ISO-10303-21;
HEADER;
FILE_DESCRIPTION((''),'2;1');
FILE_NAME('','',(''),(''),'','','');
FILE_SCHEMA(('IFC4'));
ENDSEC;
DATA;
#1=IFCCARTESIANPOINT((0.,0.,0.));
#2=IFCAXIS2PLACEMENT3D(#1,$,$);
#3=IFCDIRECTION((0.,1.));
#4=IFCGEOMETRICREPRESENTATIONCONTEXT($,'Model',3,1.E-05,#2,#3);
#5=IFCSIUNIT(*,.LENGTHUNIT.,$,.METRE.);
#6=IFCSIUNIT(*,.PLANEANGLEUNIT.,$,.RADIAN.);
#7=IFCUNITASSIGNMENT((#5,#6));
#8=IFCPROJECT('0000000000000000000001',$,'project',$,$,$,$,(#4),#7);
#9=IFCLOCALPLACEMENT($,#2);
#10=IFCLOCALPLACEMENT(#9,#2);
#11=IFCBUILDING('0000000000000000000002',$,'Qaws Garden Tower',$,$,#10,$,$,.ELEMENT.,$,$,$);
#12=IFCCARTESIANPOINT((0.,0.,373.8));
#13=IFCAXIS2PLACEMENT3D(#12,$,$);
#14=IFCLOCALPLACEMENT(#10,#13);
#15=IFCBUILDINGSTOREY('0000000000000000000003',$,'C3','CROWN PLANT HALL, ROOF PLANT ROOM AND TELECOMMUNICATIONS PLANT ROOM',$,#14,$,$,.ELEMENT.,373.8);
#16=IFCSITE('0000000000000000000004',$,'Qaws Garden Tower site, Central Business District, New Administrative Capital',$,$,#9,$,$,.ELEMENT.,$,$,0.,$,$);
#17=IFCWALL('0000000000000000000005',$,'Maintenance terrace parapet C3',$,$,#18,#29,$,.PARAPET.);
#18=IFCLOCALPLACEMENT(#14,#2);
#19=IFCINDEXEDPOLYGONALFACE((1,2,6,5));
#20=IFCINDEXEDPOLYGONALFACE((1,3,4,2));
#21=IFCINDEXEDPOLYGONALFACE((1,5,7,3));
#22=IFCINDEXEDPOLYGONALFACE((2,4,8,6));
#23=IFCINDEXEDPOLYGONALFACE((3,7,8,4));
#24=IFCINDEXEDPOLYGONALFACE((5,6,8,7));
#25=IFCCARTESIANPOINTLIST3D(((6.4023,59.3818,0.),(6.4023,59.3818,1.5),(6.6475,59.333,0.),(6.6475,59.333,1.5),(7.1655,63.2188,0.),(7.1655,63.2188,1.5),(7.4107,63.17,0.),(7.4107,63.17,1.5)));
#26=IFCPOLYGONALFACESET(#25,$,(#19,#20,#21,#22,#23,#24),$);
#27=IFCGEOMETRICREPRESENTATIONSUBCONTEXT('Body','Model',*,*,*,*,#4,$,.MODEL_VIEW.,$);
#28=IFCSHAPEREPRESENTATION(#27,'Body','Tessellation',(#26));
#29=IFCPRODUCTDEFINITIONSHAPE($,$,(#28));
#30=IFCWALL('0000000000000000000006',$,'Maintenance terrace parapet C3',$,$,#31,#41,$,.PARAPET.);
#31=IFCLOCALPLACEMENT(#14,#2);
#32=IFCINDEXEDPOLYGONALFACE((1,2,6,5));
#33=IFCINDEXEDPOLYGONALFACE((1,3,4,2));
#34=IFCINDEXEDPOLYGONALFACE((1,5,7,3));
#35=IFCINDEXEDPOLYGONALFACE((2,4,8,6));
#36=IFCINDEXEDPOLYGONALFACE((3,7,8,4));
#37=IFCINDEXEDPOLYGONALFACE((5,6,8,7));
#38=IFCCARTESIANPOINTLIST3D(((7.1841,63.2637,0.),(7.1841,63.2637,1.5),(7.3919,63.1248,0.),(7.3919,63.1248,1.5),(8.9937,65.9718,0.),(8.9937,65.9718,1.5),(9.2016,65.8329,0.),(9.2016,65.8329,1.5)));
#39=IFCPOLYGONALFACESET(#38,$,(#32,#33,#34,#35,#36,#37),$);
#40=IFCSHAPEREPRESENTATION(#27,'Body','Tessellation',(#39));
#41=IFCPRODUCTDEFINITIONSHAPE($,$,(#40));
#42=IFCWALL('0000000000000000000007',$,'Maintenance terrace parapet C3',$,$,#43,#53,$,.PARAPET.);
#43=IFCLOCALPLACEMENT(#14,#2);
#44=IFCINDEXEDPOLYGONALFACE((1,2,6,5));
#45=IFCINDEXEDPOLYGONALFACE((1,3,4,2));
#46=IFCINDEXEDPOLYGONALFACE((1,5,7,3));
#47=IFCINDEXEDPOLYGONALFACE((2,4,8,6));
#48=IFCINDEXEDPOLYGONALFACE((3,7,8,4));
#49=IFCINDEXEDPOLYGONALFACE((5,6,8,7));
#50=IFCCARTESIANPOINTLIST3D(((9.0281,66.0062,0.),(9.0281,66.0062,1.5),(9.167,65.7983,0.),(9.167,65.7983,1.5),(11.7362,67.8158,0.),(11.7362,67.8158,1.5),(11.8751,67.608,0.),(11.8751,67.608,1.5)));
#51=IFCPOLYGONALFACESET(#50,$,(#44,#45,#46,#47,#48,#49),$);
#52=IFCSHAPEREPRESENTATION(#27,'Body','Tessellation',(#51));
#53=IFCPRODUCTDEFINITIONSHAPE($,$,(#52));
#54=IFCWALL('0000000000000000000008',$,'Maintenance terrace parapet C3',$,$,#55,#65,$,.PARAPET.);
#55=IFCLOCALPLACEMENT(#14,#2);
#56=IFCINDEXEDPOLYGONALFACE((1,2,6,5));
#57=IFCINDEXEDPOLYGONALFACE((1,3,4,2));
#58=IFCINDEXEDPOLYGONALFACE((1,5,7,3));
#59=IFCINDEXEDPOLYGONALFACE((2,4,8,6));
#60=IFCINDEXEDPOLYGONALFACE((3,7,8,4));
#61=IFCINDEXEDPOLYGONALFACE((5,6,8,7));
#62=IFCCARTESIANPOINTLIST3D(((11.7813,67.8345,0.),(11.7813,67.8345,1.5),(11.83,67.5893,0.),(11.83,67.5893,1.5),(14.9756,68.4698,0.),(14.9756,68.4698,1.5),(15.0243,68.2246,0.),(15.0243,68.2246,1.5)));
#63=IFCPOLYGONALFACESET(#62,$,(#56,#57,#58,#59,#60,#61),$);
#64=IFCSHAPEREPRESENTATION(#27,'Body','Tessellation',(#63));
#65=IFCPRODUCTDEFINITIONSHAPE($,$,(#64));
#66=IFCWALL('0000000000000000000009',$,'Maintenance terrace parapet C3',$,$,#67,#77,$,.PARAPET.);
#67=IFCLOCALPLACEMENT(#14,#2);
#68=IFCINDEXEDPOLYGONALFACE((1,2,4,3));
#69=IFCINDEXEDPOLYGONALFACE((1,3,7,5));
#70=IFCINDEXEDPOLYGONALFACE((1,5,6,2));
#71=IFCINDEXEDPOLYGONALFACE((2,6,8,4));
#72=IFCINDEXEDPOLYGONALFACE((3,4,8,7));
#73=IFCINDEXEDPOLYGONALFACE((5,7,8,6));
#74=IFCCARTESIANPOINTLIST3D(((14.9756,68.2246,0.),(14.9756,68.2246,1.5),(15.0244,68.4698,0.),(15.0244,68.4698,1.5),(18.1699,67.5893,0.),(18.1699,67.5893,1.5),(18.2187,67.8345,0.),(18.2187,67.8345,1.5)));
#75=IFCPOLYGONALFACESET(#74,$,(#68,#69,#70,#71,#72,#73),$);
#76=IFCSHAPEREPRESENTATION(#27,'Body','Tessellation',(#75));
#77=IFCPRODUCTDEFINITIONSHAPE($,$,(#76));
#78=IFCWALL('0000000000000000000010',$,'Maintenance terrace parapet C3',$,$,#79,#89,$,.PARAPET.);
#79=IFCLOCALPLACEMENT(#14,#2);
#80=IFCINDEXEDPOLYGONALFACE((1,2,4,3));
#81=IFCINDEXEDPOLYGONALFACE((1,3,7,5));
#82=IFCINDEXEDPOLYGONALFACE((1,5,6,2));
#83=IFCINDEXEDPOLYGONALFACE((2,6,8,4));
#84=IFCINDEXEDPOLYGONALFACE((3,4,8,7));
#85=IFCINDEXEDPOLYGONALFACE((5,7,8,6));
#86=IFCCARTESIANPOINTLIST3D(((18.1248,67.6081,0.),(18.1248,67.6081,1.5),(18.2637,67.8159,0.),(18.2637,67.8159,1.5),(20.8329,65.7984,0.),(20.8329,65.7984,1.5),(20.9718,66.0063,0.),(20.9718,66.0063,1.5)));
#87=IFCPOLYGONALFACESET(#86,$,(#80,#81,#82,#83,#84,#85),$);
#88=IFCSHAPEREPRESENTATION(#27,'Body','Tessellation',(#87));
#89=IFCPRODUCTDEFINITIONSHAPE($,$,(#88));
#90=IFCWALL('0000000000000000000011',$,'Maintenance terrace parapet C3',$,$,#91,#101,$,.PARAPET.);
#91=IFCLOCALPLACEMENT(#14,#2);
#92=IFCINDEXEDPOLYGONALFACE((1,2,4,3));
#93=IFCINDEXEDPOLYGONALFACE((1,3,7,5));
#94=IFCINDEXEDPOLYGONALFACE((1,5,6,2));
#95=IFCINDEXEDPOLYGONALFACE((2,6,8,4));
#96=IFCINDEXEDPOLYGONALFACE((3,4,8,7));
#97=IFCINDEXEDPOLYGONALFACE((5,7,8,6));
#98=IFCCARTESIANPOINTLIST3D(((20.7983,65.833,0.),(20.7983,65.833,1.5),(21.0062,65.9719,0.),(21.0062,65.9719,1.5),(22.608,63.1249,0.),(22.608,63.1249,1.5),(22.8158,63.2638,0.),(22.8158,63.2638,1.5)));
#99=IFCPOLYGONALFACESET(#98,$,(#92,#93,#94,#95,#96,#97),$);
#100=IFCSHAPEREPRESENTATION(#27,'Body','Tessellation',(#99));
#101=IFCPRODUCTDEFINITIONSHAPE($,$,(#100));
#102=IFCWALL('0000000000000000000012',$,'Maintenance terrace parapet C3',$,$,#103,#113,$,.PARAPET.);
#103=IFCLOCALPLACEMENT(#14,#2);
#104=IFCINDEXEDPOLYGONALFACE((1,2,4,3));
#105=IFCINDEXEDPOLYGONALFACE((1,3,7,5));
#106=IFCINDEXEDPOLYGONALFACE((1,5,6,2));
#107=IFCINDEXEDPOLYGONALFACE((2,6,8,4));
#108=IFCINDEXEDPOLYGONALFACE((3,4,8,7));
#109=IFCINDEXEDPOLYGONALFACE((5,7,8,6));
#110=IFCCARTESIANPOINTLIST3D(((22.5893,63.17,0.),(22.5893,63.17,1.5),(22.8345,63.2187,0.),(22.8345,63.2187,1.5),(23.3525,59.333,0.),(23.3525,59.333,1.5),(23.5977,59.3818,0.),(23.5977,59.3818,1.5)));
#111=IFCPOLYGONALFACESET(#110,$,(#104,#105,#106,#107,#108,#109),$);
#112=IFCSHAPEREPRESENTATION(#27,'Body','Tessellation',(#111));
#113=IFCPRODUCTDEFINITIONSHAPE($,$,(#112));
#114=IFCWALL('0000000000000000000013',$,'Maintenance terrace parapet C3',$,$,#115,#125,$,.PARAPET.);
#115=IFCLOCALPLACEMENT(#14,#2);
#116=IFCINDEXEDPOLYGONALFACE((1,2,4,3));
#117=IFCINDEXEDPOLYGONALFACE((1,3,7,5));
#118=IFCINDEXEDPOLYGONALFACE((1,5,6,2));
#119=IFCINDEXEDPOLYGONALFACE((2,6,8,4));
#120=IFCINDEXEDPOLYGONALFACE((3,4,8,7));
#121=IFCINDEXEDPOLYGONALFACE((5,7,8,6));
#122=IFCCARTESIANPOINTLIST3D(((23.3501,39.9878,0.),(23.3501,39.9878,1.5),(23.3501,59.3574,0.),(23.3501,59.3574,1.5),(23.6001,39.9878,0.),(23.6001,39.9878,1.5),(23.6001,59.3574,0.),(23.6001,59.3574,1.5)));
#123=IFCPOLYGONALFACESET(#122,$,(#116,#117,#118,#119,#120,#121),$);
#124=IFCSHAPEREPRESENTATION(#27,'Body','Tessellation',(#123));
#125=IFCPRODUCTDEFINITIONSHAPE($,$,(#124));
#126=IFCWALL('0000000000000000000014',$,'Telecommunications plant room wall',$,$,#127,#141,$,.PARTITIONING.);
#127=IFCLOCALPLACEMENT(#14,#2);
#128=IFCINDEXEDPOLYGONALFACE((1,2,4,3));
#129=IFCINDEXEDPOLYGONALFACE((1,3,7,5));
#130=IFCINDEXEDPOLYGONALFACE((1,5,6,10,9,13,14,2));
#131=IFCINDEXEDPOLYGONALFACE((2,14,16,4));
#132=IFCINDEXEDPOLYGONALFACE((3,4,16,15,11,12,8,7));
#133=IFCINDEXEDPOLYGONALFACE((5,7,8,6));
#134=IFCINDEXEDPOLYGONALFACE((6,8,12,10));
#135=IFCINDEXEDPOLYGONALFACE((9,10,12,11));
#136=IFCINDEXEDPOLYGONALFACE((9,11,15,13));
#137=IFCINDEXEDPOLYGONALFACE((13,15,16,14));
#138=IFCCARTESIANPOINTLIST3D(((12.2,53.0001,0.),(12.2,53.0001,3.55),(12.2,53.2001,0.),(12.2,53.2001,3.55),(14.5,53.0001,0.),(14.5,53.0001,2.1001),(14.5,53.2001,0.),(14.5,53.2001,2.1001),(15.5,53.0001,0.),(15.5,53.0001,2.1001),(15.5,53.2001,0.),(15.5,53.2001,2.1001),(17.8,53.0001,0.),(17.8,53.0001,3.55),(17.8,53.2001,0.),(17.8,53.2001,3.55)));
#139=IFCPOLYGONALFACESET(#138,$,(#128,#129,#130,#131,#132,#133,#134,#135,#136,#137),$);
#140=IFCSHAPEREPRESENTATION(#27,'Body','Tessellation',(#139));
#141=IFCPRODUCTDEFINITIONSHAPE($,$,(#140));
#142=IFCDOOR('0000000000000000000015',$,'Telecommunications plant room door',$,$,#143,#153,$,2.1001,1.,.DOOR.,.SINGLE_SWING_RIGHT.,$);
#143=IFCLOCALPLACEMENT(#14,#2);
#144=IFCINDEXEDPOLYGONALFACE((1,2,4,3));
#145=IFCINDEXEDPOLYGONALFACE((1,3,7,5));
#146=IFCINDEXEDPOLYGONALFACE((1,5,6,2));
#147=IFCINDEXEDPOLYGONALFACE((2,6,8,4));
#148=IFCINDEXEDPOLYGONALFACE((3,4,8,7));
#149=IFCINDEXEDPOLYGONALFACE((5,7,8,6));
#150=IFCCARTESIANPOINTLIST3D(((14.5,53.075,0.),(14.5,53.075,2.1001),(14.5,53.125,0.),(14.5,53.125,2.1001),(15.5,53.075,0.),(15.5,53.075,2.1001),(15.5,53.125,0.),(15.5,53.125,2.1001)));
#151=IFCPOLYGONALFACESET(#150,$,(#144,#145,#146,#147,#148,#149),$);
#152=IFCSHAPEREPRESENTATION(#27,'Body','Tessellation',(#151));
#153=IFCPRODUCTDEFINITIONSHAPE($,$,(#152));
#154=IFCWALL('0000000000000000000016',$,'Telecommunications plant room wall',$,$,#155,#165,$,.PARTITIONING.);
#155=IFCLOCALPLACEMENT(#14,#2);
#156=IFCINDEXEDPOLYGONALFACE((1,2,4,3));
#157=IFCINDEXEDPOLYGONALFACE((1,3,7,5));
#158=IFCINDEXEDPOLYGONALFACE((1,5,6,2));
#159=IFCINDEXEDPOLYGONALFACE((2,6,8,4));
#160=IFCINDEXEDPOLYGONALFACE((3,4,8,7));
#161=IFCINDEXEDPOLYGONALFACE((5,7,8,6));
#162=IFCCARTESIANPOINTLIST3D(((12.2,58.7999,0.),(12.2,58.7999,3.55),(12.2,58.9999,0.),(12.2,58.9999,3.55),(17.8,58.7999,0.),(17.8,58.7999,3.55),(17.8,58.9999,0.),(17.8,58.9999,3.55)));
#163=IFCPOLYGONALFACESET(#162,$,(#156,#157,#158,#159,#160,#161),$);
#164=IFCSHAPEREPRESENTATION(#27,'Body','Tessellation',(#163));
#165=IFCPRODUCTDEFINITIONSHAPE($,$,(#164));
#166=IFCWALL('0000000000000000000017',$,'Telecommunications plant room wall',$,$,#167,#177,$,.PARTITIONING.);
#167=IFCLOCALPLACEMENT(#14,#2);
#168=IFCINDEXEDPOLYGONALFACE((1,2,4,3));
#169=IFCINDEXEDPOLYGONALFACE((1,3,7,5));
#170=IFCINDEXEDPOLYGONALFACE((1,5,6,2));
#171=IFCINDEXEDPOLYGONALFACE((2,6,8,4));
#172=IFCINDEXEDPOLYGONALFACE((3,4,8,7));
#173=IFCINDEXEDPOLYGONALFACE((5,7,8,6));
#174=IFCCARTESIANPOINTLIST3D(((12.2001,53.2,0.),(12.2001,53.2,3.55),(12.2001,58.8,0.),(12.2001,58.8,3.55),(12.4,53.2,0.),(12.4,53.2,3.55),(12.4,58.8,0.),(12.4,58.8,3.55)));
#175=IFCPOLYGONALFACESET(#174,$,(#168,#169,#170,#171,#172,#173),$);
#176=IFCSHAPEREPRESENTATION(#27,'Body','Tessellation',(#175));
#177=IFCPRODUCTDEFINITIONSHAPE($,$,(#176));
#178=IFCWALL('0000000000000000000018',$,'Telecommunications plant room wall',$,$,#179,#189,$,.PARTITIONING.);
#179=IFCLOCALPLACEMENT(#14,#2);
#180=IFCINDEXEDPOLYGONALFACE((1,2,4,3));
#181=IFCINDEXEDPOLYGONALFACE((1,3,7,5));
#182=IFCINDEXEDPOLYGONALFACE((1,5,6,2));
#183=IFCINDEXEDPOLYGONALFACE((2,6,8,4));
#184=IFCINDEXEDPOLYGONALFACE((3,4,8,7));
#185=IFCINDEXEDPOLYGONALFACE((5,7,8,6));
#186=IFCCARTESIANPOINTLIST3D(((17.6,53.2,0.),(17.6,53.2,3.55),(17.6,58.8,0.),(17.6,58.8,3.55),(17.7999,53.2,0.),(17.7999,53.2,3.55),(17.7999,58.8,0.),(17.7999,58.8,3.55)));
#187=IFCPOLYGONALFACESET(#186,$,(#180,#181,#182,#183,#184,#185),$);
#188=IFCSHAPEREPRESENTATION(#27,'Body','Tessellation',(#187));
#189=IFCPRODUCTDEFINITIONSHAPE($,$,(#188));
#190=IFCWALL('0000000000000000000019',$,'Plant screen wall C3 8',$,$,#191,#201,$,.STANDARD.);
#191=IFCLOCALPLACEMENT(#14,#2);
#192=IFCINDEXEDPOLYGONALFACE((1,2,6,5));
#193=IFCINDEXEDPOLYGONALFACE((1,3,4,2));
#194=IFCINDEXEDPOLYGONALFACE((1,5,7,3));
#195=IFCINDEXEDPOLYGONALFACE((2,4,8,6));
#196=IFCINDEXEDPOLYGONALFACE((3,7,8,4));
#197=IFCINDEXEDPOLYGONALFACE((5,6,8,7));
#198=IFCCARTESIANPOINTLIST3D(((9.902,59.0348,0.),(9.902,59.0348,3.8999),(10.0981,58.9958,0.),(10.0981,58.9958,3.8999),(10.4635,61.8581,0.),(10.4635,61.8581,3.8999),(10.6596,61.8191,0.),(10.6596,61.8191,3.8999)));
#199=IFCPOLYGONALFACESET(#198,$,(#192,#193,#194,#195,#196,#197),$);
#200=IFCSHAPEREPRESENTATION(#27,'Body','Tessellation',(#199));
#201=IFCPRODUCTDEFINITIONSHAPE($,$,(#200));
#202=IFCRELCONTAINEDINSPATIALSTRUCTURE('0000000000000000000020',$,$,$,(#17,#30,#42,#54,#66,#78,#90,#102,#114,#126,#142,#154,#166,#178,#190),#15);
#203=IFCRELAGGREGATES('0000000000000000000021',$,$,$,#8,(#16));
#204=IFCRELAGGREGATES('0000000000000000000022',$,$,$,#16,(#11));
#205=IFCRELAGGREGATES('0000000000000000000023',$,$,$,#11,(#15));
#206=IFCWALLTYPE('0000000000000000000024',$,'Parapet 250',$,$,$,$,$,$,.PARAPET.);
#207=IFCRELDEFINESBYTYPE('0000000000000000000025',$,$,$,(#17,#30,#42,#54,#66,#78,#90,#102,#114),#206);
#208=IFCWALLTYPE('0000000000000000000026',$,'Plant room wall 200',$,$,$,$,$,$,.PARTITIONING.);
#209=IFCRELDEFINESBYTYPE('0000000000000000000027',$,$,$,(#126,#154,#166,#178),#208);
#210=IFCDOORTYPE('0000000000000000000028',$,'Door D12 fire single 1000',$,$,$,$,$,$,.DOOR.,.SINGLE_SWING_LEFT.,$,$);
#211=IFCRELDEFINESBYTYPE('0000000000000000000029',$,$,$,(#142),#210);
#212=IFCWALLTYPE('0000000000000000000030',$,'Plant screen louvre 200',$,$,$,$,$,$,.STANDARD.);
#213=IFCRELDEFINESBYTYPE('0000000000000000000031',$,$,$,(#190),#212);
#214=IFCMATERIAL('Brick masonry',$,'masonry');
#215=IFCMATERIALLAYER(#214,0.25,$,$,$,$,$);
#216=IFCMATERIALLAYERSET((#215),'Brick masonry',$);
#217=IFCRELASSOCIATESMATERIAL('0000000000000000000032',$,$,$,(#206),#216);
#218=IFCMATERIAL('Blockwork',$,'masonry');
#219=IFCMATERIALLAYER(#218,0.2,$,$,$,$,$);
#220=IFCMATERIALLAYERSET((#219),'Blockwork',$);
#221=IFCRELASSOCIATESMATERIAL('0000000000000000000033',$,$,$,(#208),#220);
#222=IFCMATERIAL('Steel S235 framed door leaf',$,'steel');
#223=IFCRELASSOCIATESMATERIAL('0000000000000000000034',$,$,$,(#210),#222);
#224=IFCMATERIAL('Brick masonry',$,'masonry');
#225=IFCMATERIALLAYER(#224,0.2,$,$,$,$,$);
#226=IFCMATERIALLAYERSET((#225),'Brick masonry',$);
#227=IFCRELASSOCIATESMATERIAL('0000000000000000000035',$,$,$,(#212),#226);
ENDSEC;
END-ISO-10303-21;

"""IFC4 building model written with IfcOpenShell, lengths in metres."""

from ifc_helpers import new_model, si_unit, direction, frame, frame_2d, origin, place, context, subcontext, project, spatial, rectangle, extrude, material, layer, layer_set, type_object, element, fill, save


model = new_model("IFC4")

# Units and contexts
model_context = context("Model", 3, precision=1e-05, world=origin(), true_north=direction((0.0, 1.0)))
body_context = subcontext(model_context, "Body", "Model", "MODEL_VIEW")
ifc_project = project(units=[si_unit("LENGTHUNIT", "METRE"), si_unit("PLANEANGLEUNIT", "RADIAN")], contexts=[model_context])

# Site, building, storey
site_placement = place(None, origin())
site = spatial("IfcSite", under=ifc_project, at=site_placement, Name="Qaws Garden Tower site, Central Business District, New Administrative Capital", CompositionType="ELEMENT", RefElevation=0.0)
building_placement = place(site_placement, origin())
building = spatial("IfcBuilding", under=site, at=building_placement, Name="Qaws Garden Tower", CompositionType="ELEMENT")
storey_placement = place(building_placement, frame((0.0, 0.0, 373.8)))
storey = spatial("IfcBuildingStorey", under=building, at=storey_placement, Name="C3", Description="CROWN PLANT HALL, ROOF PLANT ROOM AND TELECOMMUNICATIONS PLANT ROOM", CompositionType="ELEMENT", Elevation=373.8)

# Walls
ifc_material_1 = material(Name="Brick masonry", Category="masonry")
ifc_layer_1 = layer(ifc_material_1, 0.25)
ifc_layer_set_1 = layer_set([ifc_layer_1], Name="Brick masonry")
wall_type_1 = type_object("IfcWallType", Name="Parapet 250", PredefinedType="PARAPET", material=ifc_layer_set_1)
wall_1_placement = place(storey_placement, frame((6.5249, 59.3574, 0.0), z_axis=(0.0, 0.0, 1.0), x_axis=(0.195084, 0.980787, 0.0)))
element("IfcWall", 1, at=wall_1_placement, inside=storey, type_object=wall_type_1, Name="Maintenance terrace parapet C3", PredefinedType="PARAPET", context=body_context, shape_type="SweptSolid", body=[
    extrude(rectangle(XDim=3.9121, YDim=0.25, at=frame_2d((1.9561, 0.0))), origin(), (0.0, 0.0, 1.0), 1.5),
])
for number, where, z_axis, x_axis, name in (
    (2, (7.2881, 63.1943, 0.0), (0.0, 0.0, 1.0), (0.555599, 0.83145, 0.0), "Maintenance terrace parapet C3"),
    (3, (9.0977, 65.9023, 0.0), (0.0, 0.0, 1.0), (0.83145, 0.555599, 0.0), "Maintenance terrace parapet C3"),
):
    element("IfcWall", number, at=place(storey_placement, frame(where, z_axis=z_axis, x_axis=x_axis)), inside=storey, type_object=wall_type_1, Name=name, PredefinedType="PARAPET", context=body_context, shape_type="SweptSolid", body=[
        extrude(rectangle(XDim=3.2571, YDim=0.25, at=frame_2d((1.6284, 0.0))), origin(), (0.0, 0.0, 1.0), 1.5),
    ])
for number, where, z_axis, x_axis, name in (
    (4, (11.8057, 67.7119, 0.0), (0.0, 0.0, 1.0), (0.980793, 0.195049, 0.0), "Maintenance terrace parapet C3"),
    (5, (15.0, 68.3472, 0.0), (0.0, 0.0, 1.0), (0.980793, -0.195049, 0.0), "Maintenance terrace parapet C3"),
):
    element("IfcWall", number, at=place(storey_placement, frame(where, z_axis=z_axis, x_axis=x_axis)), inside=storey, type_object=wall_type_1, Name=name, PredefinedType="PARAPET", context=body_context, shape_type="SweptSolid", body=[
        extrude(rectangle(XDim=3.2568, YDim=0.25, at=frame_2d((1.6284, 0.0))), origin(), (0.0, 0.0, 1.0), 1.5),
    ])
for number, where, z_axis, x_axis, name in (
    (6, (18.1943, 67.7119, 0.0), (0.0, 0.0, 1.0), (0.83145, -0.555599, 0.0), "Maintenance terrace parapet C3"),
    (7, (20.9023, 65.9023, 0.0), (0.0, 0.0, 1.0), (0.555599, -0.83145, 0.0), "Maintenance terrace parapet C3"),
):
    element("IfcWall", number, at=place(storey_placement, frame(where, z_axis=z_axis, x_axis=x_axis)), inside=storey, type_object=wall_type_1, Name=name, PredefinedType="PARAPET", context=body_context, shape_type="SweptSolid", body=[
        extrude(rectangle(XDim=3.2571, YDim=0.25, at=frame_2d((1.6284, 0.0))), origin(), (0.0, 0.0, 1.0), 1.5),
    ])
wall_2_placement = place(storey_placement, frame((22.7119, 63.1943, 0.0), z_axis=(0.0, 0.0, 1.0), x_axis=(0.195084, -0.980787, 0.0)))
element("IfcWall", 8, at=wall_2_placement, inside=storey, type_object=wall_type_1, Name="Maintenance terrace parapet C3", PredefinedType="PARAPET", context=body_context, shape_type="SweptSolid", body=[
    extrude(rectangle(XDim=3.9121, YDim=0.25, at=frame_2d((1.9561, 0.0))), origin(), (0.0, 0.0, 1.0), 1.5),
])
wall_3_placement = place(storey_placement, frame((23.4751, 59.3574, 0.0), z_axis=(0.0, 0.0, 1.0), x_axis=(0.0, -1.0, 0.0)))
element("IfcWall", 9, at=wall_3_placement, inside=storey, type_object=wall_type_1, Name="Maintenance terrace parapet C3", PredefinedType="PARAPET", context=body_context, shape_type="SweptSolid", body=[
    extrude(rectangle(XDim=19.3696, YDim=0.25, at=frame_2d((9.6848, 0.0))), origin(), (0.0, 0.0, 1.0), 1.5),
])

# Wall, opening, door
ifc_material_2 = material(Name="Blockwork", Category="masonry")
ifc_layer_2 = layer(ifc_material_2, 0.2)
ifc_layer_set_2 = layer_set([ifc_layer_2], Name="Blockwork")
wall_type_2 = type_object("IfcWallType", Name="Plant room wall 200", PredefinedType="PARTITIONING", material=ifc_layer_set_2)
wall_4_placement = place(storey_placement, frame((12.2, 53.1001, 0.0), z_axis=(0.0, 0.0, 1.0), x_axis=(1.0, 0.0, 0.0)))
wall_4 = element("IfcWall", 10, at=wall_4_placement, inside=storey, type_object=wall_type_2, Name="Telecommunications plant room wall", PredefinedType="PARTITIONING", context=body_context, shape_type="SweptSolid", body=[
    extrude(rectangle(XDim=5.6001, YDim=0.2, at=frame_2d((2.8, 0.0))), origin(), (0.0, 0.0, 1.0), 3.55),
])
opening_1_placement = place(wall_4_placement, frame((2.3, 0.0, 0.0)))
opening_1 = element("IfcOpeningElement", 11, at=opening_1_placement, cuts=wall_4, PredefinedType="OPENING", context=body_context, shape_type="SweptSolid", body=[
    extrude(rectangle(XDim=1.0, YDim=2.1001, at=frame_2d((0.5, 1.05))), frame((0.0, 0.1099, 0.0), z_axis=(0.0, -1.0, 0.0), x_axis=(1.0, 0.0, 0.0)), (0.0, 0.0, 1.0), 0.22),
])
ifc_material_3 = material(Name="Steel S235 framed door leaf", Category="steel")
door_type = type_object("IfcDoorType", Name="Door D12 fire single 1000", OperationType="SINGLE_SWING_LEFT", PredefinedType="DOOR", material=ifc_material_3)
door_placement = place(opening_1_placement, origin())
door = element("IfcDoor", 12, at=door_placement, inside=storey, type_object=door_type, Name="Telecommunications plant room door", OperationType="SINGLE_SWING_RIGHT", OverallHeight=2.1001, OverallWidth=1.0, PredefinedType="DOOR", context=body_context, shape_type="SweptSolid", body=[
    extrude(rectangle(XDim=1.0, YDim=2.1001, at=frame_2d((0.5, 1.05))), frame((0.0, 0.0249, 0.0), z_axis=(0.0, -1.0, 0.0), x_axis=(1.0, 0.0, 0.0)), (0.0, 0.0, 1.0), 0.05),
])
fill(opening_1, door)

# Walls
for number, where, z_axis, x_axis, name in (
    (13, (12.2, 58.8999, 0.0), (0.0, 0.0, 1.0), (1.0, 0.0, 0.0), "Telecommunications plant room wall"),
    (14, (12.3, 53.2, 0.0), (0.0, 0.0, 1.0), (0.0, 1.0, 0.0), "Telecommunications plant room wall"),
    (15, (17.7, 53.2, 0.0), (0.0, 0.0, 1.0), (0.0, 1.0, 0.0), "Telecommunications plant room wall"),
):
    element("IfcWall", number, at=place(storey_placement, frame(where, z_axis=z_axis, x_axis=x_axis)), inside=storey, type_object=wall_type_2, Name=name, PredefinedType="PARTITIONING", context=body_context, shape_type="SweptSolid", body=[
        extrude(rectangle(XDim=5.6001, YDim=0.2, at=frame_2d((2.8, 0.0))), origin(), (0.0, 0.0, 1.0), 3.55),
    ])
ifc_material_4 = material(Name="Brick masonry", Category="masonry")
ifc_layer_3 = layer(ifc_material_4, 0.2)
ifc_layer_set_3 = layer_set([ifc_layer_3], Name="Brick masonry")
wall_type_3 = type_object("IfcWallType", Name="Plant screen louvre 200", PredefinedType="STANDARD", material=ifc_layer_set_3)
wall_5_placement = place(storey_placement, frame((10.0, 59.0151, 0.0), z_axis=(0.0, 0.0, 1.0), x_axis=(0.195072, 0.980789, 0.0)))
element("IfcWall", 16, at=wall_5_placement, inside=storey, type_object=wall_type_3, Name="Plant screen wall C3 8", PredefinedType="STANDARD", context=body_context, shape_type="SweptSolid", body=[
    extrude(rectangle(XDim=2.8787, YDim=0.2, at=frame_2d((1.4395, 0.0))), origin(), (0.0, 0.0, 1.0), 3.8999),
])

save(model, "model.ifc")
